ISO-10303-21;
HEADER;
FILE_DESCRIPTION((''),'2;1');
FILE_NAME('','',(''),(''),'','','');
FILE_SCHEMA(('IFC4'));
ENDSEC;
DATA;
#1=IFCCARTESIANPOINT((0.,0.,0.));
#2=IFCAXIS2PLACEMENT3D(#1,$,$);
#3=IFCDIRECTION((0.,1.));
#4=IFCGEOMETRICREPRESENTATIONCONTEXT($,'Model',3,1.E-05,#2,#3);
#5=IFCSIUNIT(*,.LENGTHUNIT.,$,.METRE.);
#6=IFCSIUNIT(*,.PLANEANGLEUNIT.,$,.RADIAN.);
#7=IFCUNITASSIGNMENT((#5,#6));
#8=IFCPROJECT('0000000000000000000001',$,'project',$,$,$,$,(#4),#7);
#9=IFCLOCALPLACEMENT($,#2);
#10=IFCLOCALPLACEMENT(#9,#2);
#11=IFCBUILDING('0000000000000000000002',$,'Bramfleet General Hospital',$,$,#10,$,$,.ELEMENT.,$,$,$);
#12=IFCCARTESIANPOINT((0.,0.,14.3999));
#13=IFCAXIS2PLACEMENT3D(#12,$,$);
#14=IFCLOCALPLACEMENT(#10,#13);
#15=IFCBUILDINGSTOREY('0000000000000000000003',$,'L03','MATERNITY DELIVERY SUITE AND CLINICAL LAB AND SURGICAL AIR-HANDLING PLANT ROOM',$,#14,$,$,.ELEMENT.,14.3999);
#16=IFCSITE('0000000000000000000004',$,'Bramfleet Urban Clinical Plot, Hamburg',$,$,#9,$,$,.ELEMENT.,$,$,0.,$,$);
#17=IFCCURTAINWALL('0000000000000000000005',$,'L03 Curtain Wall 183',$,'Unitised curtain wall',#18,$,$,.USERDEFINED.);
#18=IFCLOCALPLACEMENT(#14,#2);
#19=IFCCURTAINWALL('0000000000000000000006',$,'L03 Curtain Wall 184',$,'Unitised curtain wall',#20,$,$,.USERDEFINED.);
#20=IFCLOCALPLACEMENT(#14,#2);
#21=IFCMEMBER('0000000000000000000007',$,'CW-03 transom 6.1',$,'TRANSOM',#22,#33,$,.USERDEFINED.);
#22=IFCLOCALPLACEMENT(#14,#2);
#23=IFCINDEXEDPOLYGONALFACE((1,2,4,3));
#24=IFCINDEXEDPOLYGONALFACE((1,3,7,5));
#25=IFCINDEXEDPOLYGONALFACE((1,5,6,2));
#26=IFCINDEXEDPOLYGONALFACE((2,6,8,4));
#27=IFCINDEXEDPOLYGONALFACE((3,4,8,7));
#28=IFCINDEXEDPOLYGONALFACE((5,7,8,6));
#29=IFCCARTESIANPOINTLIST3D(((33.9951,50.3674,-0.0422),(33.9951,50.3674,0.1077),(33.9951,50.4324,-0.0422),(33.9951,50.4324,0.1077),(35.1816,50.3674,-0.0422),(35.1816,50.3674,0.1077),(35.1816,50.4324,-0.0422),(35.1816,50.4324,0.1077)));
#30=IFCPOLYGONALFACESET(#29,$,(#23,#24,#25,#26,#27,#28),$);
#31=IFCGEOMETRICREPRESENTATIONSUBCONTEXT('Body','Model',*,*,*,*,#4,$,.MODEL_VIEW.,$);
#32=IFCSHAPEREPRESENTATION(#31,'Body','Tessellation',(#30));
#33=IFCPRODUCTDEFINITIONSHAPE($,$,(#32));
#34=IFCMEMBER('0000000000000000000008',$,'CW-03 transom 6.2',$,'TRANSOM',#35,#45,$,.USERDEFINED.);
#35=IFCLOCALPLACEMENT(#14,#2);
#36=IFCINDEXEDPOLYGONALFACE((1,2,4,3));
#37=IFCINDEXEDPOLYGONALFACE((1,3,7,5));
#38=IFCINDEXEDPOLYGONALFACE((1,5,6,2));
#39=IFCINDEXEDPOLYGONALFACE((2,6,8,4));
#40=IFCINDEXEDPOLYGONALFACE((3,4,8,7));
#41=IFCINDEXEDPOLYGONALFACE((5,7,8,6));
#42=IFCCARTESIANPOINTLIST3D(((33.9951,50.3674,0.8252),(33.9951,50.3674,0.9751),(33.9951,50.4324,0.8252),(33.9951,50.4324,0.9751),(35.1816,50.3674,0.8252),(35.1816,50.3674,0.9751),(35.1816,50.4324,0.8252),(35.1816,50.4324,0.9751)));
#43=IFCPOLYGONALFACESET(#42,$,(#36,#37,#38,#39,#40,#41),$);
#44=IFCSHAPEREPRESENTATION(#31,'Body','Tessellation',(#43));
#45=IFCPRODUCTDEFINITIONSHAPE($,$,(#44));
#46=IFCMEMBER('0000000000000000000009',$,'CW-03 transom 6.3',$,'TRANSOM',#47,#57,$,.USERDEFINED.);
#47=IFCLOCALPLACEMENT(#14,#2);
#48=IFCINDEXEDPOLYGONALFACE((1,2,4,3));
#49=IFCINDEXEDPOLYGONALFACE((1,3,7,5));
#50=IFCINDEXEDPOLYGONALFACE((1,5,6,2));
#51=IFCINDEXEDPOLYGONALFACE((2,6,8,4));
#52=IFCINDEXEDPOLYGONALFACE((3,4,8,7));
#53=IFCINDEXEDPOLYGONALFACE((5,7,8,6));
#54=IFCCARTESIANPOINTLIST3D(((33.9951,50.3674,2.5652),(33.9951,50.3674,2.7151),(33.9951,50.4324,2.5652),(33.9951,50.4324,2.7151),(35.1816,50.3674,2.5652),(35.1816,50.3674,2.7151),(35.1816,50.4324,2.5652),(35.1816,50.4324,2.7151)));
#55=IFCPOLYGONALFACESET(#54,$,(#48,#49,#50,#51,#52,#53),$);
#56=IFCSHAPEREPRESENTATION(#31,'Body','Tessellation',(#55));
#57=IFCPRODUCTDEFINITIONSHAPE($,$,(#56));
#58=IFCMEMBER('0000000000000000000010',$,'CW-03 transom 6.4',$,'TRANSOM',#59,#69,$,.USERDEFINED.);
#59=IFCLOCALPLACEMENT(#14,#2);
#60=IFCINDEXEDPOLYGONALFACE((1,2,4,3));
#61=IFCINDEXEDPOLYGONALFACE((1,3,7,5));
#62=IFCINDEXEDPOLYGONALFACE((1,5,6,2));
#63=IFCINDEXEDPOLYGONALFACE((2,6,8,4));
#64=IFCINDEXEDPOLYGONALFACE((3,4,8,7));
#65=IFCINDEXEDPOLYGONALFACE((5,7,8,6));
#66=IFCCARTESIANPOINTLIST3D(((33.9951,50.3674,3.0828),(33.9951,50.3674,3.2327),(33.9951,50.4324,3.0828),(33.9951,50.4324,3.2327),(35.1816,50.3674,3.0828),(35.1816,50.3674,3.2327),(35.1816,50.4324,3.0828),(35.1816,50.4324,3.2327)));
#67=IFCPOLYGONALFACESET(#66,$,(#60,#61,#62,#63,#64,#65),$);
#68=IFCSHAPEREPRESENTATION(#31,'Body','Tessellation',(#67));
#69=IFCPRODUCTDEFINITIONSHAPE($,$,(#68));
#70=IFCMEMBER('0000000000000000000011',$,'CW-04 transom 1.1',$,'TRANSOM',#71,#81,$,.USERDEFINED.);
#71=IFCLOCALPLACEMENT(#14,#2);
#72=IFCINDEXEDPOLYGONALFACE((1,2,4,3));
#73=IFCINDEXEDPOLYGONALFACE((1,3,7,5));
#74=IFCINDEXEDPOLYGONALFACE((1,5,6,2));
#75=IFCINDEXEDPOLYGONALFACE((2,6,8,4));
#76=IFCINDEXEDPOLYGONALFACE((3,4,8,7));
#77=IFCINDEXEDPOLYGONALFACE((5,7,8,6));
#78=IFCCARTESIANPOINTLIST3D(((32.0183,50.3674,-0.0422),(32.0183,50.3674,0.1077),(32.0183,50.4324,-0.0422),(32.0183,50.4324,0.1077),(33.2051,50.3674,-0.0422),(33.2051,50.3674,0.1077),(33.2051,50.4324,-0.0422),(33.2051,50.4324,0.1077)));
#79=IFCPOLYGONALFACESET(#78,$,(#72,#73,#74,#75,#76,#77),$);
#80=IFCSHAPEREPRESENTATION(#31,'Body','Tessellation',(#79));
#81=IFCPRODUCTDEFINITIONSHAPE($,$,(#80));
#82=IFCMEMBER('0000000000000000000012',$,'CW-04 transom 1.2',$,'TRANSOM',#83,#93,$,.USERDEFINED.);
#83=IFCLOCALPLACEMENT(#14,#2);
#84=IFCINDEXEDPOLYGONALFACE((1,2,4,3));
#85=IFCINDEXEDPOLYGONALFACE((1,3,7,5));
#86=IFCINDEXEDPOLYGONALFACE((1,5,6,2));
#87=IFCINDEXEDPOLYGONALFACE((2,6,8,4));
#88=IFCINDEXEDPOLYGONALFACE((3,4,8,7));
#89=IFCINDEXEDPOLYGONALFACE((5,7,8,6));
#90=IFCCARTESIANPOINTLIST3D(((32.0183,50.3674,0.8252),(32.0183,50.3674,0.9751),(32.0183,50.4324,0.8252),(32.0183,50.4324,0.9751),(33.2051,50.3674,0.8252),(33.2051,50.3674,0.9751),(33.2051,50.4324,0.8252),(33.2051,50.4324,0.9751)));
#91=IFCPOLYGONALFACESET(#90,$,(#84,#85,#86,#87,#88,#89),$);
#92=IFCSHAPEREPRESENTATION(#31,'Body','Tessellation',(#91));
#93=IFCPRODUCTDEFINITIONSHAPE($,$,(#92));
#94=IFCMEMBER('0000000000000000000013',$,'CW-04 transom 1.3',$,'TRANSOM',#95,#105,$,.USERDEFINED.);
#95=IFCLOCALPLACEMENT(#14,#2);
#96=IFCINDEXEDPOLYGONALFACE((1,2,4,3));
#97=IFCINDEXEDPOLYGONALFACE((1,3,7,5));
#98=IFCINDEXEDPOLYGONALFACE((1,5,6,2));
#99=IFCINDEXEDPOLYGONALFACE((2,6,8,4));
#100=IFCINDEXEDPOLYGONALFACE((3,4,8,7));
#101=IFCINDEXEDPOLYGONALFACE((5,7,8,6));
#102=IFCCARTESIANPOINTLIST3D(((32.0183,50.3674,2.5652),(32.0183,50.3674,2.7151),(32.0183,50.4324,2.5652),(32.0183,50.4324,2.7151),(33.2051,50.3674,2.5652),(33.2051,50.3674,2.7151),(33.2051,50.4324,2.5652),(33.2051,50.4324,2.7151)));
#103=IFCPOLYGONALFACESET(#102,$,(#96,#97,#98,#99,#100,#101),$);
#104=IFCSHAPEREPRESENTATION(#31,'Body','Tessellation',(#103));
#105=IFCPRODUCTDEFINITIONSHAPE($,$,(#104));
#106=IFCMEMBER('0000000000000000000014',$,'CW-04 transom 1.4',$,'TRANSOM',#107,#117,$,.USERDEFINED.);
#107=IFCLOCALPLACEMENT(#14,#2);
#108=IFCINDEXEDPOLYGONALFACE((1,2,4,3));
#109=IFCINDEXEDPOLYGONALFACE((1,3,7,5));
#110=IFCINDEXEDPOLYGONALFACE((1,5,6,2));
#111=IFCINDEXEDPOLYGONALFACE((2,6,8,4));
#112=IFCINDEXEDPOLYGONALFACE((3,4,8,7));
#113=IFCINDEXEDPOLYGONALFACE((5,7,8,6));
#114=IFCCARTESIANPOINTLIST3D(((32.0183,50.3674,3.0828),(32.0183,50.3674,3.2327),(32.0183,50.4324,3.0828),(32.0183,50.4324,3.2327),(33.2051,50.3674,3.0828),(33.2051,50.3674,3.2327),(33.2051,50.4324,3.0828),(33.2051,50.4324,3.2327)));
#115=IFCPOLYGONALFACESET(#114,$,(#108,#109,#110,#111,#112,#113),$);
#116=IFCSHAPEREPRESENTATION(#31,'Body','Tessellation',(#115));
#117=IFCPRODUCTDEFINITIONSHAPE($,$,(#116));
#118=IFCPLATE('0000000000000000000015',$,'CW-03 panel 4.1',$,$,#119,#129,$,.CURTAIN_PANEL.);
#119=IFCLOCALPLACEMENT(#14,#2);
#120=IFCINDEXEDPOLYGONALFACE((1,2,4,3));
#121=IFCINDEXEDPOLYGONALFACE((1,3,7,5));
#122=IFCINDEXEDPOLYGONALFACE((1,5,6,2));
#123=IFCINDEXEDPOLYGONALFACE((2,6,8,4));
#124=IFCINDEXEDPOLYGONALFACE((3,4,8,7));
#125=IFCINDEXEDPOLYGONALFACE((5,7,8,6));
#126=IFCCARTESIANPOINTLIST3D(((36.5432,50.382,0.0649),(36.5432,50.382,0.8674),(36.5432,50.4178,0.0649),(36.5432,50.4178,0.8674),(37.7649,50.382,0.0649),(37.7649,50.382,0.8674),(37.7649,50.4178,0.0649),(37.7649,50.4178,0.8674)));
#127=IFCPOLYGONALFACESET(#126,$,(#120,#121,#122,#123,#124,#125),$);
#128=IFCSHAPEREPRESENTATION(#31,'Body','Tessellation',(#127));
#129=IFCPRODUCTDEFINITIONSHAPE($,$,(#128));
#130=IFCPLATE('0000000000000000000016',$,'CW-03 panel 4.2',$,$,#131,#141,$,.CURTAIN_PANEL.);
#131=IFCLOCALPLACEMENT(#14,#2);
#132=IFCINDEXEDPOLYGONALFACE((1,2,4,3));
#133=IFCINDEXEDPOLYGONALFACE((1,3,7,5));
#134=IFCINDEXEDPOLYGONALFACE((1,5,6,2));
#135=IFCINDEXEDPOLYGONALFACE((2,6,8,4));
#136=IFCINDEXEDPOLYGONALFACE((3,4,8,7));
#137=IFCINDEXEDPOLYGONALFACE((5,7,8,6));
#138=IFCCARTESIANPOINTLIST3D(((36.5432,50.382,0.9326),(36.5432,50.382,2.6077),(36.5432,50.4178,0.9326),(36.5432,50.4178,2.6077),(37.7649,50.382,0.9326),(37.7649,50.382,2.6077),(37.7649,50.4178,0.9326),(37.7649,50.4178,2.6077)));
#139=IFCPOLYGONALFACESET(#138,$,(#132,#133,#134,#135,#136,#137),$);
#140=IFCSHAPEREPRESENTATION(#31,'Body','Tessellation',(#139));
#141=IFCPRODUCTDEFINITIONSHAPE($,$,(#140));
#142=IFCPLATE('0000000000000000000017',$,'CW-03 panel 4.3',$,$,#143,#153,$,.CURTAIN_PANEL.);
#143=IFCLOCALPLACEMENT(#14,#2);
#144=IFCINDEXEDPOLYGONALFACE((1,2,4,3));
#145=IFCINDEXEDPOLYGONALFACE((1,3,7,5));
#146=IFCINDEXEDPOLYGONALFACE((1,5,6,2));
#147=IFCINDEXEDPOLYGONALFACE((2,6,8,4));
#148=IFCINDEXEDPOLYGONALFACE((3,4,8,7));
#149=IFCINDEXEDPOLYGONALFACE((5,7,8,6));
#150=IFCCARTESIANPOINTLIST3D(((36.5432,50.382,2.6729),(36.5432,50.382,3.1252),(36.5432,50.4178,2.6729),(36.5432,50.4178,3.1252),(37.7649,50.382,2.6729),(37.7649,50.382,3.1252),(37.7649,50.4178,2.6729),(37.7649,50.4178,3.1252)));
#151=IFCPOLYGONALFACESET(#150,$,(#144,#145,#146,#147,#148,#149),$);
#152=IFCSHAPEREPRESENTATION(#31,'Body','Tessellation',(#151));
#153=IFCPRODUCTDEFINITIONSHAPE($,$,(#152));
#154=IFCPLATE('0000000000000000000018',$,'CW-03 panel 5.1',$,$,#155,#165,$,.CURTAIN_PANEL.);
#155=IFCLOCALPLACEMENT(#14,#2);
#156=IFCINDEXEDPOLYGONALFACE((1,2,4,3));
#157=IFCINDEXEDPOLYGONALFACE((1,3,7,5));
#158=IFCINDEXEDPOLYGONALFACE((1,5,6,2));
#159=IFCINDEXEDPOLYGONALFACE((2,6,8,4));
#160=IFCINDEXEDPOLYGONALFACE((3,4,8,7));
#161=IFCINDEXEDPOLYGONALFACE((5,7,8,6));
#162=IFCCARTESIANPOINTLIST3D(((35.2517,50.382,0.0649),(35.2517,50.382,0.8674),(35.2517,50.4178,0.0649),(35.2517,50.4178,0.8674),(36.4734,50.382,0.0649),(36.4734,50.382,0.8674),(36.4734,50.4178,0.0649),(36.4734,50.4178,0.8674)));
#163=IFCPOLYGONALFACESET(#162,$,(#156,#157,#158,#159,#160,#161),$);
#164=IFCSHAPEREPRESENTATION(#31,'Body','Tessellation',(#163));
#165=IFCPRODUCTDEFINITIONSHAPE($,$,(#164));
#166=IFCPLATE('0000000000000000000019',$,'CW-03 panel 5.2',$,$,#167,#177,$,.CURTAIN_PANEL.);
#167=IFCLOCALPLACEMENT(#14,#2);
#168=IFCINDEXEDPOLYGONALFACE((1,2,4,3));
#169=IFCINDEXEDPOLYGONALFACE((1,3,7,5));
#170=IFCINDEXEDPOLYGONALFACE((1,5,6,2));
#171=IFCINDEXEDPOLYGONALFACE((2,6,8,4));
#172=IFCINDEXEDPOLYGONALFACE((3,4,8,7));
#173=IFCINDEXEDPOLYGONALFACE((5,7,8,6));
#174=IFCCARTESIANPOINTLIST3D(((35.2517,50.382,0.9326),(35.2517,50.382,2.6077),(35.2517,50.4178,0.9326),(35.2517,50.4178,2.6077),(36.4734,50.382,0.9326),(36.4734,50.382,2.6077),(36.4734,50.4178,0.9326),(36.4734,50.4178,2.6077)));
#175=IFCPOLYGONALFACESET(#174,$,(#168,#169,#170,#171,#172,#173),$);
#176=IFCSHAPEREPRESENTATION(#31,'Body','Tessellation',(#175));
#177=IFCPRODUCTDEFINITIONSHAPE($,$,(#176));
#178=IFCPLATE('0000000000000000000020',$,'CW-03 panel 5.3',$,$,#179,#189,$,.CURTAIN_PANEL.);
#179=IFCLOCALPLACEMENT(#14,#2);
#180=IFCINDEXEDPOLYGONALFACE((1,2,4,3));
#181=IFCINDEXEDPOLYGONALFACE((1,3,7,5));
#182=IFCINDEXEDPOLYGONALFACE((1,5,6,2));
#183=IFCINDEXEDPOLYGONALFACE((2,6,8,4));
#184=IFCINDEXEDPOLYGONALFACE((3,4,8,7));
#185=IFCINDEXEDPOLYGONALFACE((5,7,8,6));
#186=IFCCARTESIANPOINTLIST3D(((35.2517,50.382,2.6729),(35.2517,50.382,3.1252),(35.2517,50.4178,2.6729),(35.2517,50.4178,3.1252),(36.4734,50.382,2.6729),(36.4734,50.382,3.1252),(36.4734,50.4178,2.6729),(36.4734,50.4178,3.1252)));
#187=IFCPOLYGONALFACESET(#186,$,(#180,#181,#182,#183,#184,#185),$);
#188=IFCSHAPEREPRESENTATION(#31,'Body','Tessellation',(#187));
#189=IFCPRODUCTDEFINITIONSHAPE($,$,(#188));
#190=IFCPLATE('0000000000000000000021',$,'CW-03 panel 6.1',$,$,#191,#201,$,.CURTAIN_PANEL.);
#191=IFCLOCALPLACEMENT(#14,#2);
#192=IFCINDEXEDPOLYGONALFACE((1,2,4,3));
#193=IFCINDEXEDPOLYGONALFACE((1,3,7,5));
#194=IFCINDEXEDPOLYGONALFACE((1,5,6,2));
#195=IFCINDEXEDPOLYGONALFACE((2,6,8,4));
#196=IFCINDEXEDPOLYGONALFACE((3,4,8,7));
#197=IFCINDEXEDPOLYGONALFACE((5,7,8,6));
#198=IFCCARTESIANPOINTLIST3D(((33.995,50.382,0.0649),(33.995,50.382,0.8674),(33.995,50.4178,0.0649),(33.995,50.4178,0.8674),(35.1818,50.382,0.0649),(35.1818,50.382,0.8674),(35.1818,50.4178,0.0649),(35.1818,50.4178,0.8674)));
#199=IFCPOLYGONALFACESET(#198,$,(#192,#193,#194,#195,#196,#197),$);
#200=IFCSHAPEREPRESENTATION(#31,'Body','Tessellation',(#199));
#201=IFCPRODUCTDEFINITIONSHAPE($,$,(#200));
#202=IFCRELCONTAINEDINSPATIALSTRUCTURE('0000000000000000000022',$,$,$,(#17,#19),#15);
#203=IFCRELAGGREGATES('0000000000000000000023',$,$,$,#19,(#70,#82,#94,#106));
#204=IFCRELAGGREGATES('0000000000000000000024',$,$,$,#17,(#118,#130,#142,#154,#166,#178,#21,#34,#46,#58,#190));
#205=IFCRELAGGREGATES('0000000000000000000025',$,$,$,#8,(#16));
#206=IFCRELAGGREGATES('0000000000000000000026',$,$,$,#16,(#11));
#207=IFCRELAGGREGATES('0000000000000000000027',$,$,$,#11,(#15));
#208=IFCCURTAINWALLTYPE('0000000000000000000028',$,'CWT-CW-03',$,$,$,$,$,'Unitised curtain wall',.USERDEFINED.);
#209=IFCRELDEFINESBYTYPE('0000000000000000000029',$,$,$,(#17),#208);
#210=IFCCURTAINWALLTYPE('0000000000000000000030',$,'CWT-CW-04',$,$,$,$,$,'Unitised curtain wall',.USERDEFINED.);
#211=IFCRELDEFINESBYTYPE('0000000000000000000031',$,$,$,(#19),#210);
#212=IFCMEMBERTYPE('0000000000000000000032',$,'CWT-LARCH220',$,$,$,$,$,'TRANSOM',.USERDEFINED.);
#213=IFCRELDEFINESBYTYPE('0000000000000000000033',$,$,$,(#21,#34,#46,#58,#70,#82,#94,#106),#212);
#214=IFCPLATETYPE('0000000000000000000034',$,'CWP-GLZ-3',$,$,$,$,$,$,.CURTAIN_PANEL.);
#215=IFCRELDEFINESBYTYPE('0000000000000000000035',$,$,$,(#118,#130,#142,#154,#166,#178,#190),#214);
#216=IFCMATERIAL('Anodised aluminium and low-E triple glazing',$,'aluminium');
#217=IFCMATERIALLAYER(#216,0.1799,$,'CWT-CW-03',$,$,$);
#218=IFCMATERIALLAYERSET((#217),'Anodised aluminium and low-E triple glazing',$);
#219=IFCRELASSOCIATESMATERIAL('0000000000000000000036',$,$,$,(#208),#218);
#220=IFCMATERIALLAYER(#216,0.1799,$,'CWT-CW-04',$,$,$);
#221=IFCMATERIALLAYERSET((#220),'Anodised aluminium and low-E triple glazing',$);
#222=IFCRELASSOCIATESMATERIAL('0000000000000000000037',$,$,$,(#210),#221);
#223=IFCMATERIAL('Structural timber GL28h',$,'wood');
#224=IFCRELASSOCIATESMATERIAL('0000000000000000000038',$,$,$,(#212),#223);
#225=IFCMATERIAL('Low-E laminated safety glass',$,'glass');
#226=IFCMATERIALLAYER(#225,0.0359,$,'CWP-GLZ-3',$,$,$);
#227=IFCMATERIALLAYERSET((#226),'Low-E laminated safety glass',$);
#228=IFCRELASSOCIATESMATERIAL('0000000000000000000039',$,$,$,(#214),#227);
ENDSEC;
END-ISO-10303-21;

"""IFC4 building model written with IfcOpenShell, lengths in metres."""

from ifc_helpers import new_model, si_unit, direction, frame, origin, origin_2d, place, context, subcontext, project, spatial, rectangle, extrude, material, layer, layer_set, material_profile, profile_set, type_object, element, aggregate, save


model = new_model("IFC4")

# Units and contexts
model_context = context("Model", 3, precision=1e-05, world=origin(), true_north=direction((0.0, 1.0)))
body_context = subcontext(model_context, "Body", "Model", "MODEL_VIEW")
ifc_project = project(units=[si_unit("LENGTHUNIT", "METRE"), si_unit("PLANEANGLEUNIT", "RADIAN")], contexts=[model_context])

# Site, building, storey
site_placement = place(None, origin())
site = spatial("IfcSite", under=ifc_project, at=site_placement, Name="Bramfleet Urban Clinical Plot, Hamburg", CompositionType="ELEMENT", RefElevation=0.0)
building_placement = place(site_placement, origin())
building = spatial("IfcBuilding", under=site, at=building_placement, Name="Bramfleet General Hospital", CompositionType="ELEMENT")
storey_placement = place(building_placement, frame((0.0, 0.0, 14.3999)))
storey = spatial("IfcBuildingStorey", under=building, at=storey_placement, Name="L03", Description="MATERNITY DELIVERY SUITE AND CLINICAL LAB AND SURGICAL AIR-HANDLING PLANT ROOM", CompositionType="ELEMENT", Elevation=14.3999)

# Curtain wall
ifc_material_1 = material(Name="Anodised aluminium and low-E triple glazing", Category="aluminium")
ifc_layer_1 = layer(ifc_material_1, 0.1799, Name="CWT-CW-03")
ifc_layer_set_1 = layer_set([ifc_layer_1], Name="Anodised aluminium and low-E triple glazing")
curtain_wall_type_1 = type_object("IfcCurtainWallType", Name="CWT-CW-03", ElementType="Unitised curtain wall", PredefinedType="USERDEFINED", material=ifc_layer_set_1)
curtain_wall_1_placement = place(storey_placement, origin())
curtain_wall_1 = element("IfcCurtainWall", 1, at=curtain_wall_1_placement, inside=storey, type_object=curtain_wall_type_1, Name="L03 Curtain Wall 183", ObjectType="Unitised curtain wall", PredefinedType="USERDEFINED")
ifc_material_2 = material(Name="Structural timber GL28h", Category="wood")

# Curtain wall
ifc_layer_2 = layer(ifc_material_1, 0.1799, Name="CWT-CW-04")
ifc_layer_set_2 = layer_set([ifc_layer_2], Name="Anodised aluminium and low-E triple glazing")
curtain_wall_type_2 = type_object("IfcCurtainWallType", Name="CWT-CW-04", ElementType="Unitised curtain wall", PredefinedType="USERDEFINED", material=ifc_layer_set_2)
curtain_wall_2_placement = place(storey_placement, origin())
curtain_wall_2 = element("IfcCurtainWall", 2, at=curtain_wall_2_placement, inside=storey, type_object=curtain_wall_type_2, Name="L03 Curtain Wall 184", ObjectType="Unitised curtain wall", PredefinedType="USERDEFINED")

# Members
ifc_material_profile_1 = material_profile(ifc_material_2, rectangle(XDim=0.0649, YDim=0.1499, at=origin_2d()), Name="LARCH 150x65")
ifc_profile_set_1 = profile_set([ifc_material_profile_1], Name="Structural timber GL28h")
member_type_1 = type_object("IfcMemberType", Name="CWT-LARCH220", ElementType="TRANSOM", PredefinedType="USERDEFINED", material=ifc_profile_set_1)
member_1_placement = place(storey_placement, frame((35.1816, 50.3999, 0.0327), z_axis=(-1.0, 0.0, 0.0), x_axis=(0.0, -1.0, 0.0)))
member_1 = element("IfcMember", 3, at=member_1_placement, type_object=member_type_1, Name="CW-03 transom 6.1", ObjectType="TRANSOM", PredefinedType="USERDEFINED", context=body_context, shape_type="SweptSolid", body=[
    extrude(rectangle(XDim=0.0649, YDim=0.1499, at=origin_2d()), origin(), (0.0, 0.0, 1.0), 1.1865),
])
member_2_placement = place(storey_placement, frame((35.1816, 50.3999, 0.9001), z_axis=(-1.0, 0.0, 0.0), x_axis=(0.0, -1.0, 0.0)))
member_2 = element("IfcMember", 4, at=member_2_placement, type_object=member_type_1, Name="CW-03 transom 6.2", ObjectType="TRANSOM", PredefinedType="USERDEFINED", context=body_context, shape_type="SweptSolid", body=[
    extrude(rectangle(XDim=0.0649, YDim=0.1499, at=origin_2d()), origin(), (0.0, 0.0, 1.0), 1.1865),
])
member_3_placement = place(storey_placement, frame((35.1816, 50.3999, 2.6401), z_axis=(-1.0, 0.0, 0.0), x_axis=(0.0, -1.0, 0.0)))
member_3 = element("IfcMember", 5, at=member_3_placement, type_object=member_type_1, Name="CW-03 transom 6.3", ObjectType="TRANSOM", PredefinedType="USERDEFINED", context=body_context, shape_type="SweptSolid", body=[
    extrude(rectangle(XDim=0.0649, YDim=0.1499, at=origin_2d()), origin(), (0.0, 0.0, 1.0), 1.1865),
])
member_4_placement = place(storey_placement, frame((35.1816, 50.3999, 3.1577), z_axis=(-1.0, 0.0, 0.0), x_axis=(0.0, -1.0, 0.0)))
member_4 = element("IfcMember", 6, at=member_4_placement, type_object=member_type_1, Name="CW-03 transom 6.4", ObjectType="TRANSOM", PredefinedType="USERDEFINED", context=body_context, shape_type="SweptSolid", body=[
    extrude(rectangle(XDim=0.0649, YDim=0.1499, at=origin_2d()), origin(), (0.0, 0.0, 1.0), 1.1865),
])
member_5_placement = place(storey_placement, frame((33.2051, 50.3999, 0.0327), z_axis=(-1.0, 0.0, 0.0), x_axis=(0.0, -1.0, 0.0)))
member_5 = element("IfcMember", 7, at=member_5_placement, type_object=member_type_1, Name="CW-04 transom 1.1", ObjectType="TRANSOM", PredefinedType="USERDEFINED", context=body_context, shape_type="SweptSolid", body=[
    extrude(rectangle(XDim=0.0649, YDim=0.1499, at=origin_2d()), origin(), (0.0, 0.0, 1.0), 1.1868),
])
member_6_placement = place(storey_placement, frame((33.2051, 50.3999, 0.9001), z_axis=(-1.0, 0.0, 0.0), x_axis=(0.0, -1.0, 0.0)))
member_6 = element("IfcMember", 8, at=member_6_placement, type_object=member_type_1, Name="CW-04 transom 1.2", ObjectType="TRANSOM", PredefinedType="USERDEFINED", context=body_context, shape_type="SweptSolid", body=[
    extrude(rectangle(XDim=0.0649, YDim=0.1499, at=origin_2d()), origin(), (0.0, 0.0, 1.0), 1.1868),
])
member_7_placement = place(storey_placement, frame((33.2051, 50.3999, 2.6401), z_axis=(-1.0, 0.0, 0.0), x_axis=(0.0, -1.0, 0.0)))
member_7 = element("IfcMember", 9, at=member_7_placement, type_object=member_type_1, Name="CW-04 transom 1.3", ObjectType="TRANSOM", PredefinedType="USERDEFINED", context=body_context, shape_type="SweptSolid", body=[
    extrude(rectangle(XDim=0.0649, YDim=0.1499, at=origin_2d()), origin(), (0.0, 0.0, 1.0), 1.1868),
])
member_8_placement = place(storey_placement, frame((33.2051, 50.3999, 3.1577), z_axis=(-1.0, 0.0, 0.0), x_axis=(0.0, -1.0, 0.0)))
member_8 = element("IfcMember", 10, at=member_8_placement, type_object=member_type_1, Name="CW-04 transom 1.4", ObjectType="TRANSOM", PredefinedType="USERDEFINED", context=body_context, shape_type="SweptSolid", body=[
    extrude(rectangle(XDim=0.0649, YDim=0.1499, at=origin_2d()), origin(), (0.0, 0.0, 1.0), 1.1868),
])
aggregate(curtain_wall_2, [member_5, member_6, member_7, member_8])

# Plates
ifc_material_3 = material(Name="Low-E laminated safety glass", Category="glass")
ifc_layer_3 = layer(ifc_material_3, 0.0359, Name="CWP-GLZ-3")
ifc_layer_set_3 = layer_set([ifc_layer_3], Name="Low-E laminated safety glass")
plate_type = type_object("IfcPlateType", Name="CWP-GLZ-3", PredefinedType="CURTAIN_PANEL", material=ifc_layer_set_3)
plate_1_placement = place(storey_placement, frame((37.1541, 50.3999, 0.0649), z_axis=(0.0, 0.0, 1.0), x_axis=(-1.0, 0.0, 0.0)))
plate_1 = element("IfcPlate", 11, at=plate_1_placement, type_object=plate_type, Name="CW-03 panel 4.1", PredefinedType="CURTAIN_PANEL", context=body_context, shape_type="SweptSolid", body=[
    extrude(rectangle(XDim=1.2217, YDim=0.0359, at=origin_2d()), origin(), (0.0, 0.0, 1.0), 0.8025),
])
plate_2_placement = place(storey_placement, frame((37.1541, 50.3999, 0.9326), z_axis=(0.0, 0.0, 1.0), x_axis=(-1.0, 0.0, 0.0)))
plate_2 = element("IfcPlate", 12, at=plate_2_placement, type_object=plate_type, Name="CW-03 panel 4.2", PredefinedType="CURTAIN_PANEL", context=body_context, shape_type="SweptSolid", body=[
    extrude(rectangle(XDim=1.2217, YDim=0.0359, at=origin_2d()), origin(), (0.0, 0.0, 1.0), 1.675),
])
plate_3_placement = place(storey_placement, frame((37.1541, 50.3999, 2.6729), z_axis=(0.0, 0.0, 1.0), x_axis=(-1.0, 0.0, 0.0)))
plate_3 = element("IfcPlate", 13, at=plate_3_placement, type_object=plate_type, Name="CW-03 panel 4.3", PredefinedType="CURTAIN_PANEL", context=body_context, shape_type="SweptSolid", body=[
    extrude(rectangle(XDim=1.2217, YDim=0.0359, at=origin_2d()), origin(), (0.0, 0.0, 1.0), 0.4524),
])
plate_4_placement = place(storey_placement, frame((35.8625, 50.3999, 0.0649), z_axis=(0.0, 0.0, 1.0), x_axis=(-1.0, 0.0, 0.0)))
plate_4 = element("IfcPlate", 14, at=plate_4_placement, type_object=plate_type, Name="CW-03 panel 5.1", PredefinedType="CURTAIN_PANEL", context=body_context, shape_type="SweptSolid", body=[
    extrude(rectangle(XDim=1.2217, YDim=0.0359, at=origin_2d()), origin(), (0.0, 0.0, 1.0), 0.8025),
])
plate_5_placement = place(storey_placement, frame((35.8625, 50.3999, 0.9326), z_axis=(0.0, 0.0, 1.0), x_axis=(-1.0, 0.0, 0.0)))
plate_5 = element("IfcPlate", 15, at=plate_5_placement, type_object=plate_type, Name="CW-03 panel 5.2", PredefinedType="CURTAIN_PANEL", context=body_context, shape_type="SweptSolid", body=[
    extrude(rectangle(XDim=1.2217, YDim=0.0359, at=origin_2d()), origin(), (0.0, 0.0, 1.0), 1.675),
])
plate_6_placement = place(storey_placement, frame((35.8625, 50.3999, 2.6729), z_axis=(0.0, 0.0, 1.0), x_axis=(-1.0, 0.0, 0.0)))
plate_6 = element("IfcPlate", 16, at=plate_6_placement, type_object=plate_type, Name="CW-03 panel 5.3", PredefinedType="CURTAIN_PANEL", context=body_context, shape_type="SweptSolid", body=[
    extrude(rectangle(XDim=1.2217, YDim=0.0359, at=origin_2d()), origin(), (0.0, 0.0, 1.0), 0.4524),
])
plate_7_placement = place(storey_placement, frame((34.5884, 50.3999, 0.0649), z_axis=(0.0, 0.0, 1.0), x_axis=(-1.0, 0.0, 0.0)))
plate_7 = element("IfcPlate", 17, at=plate_7_placement, type_object=plate_type, Name="CW-03 panel 6.1", PredefinedType="CURTAIN_PANEL", context=body_context, shape_type="SweptSolid", body=[
    extrude(rectangle(XDim=1.1868, YDim=0.0359, at=origin_2d()), origin(), (0.0, 0.0, 1.0), 0.8025),
])
aggregate(curtain_wall_1, [plate_1, plate_2, plate_3, plate_4, plate_5, plate_6, member_1, member_2, member_3, member_4, plate_7])

save(model, "model.ifc")
